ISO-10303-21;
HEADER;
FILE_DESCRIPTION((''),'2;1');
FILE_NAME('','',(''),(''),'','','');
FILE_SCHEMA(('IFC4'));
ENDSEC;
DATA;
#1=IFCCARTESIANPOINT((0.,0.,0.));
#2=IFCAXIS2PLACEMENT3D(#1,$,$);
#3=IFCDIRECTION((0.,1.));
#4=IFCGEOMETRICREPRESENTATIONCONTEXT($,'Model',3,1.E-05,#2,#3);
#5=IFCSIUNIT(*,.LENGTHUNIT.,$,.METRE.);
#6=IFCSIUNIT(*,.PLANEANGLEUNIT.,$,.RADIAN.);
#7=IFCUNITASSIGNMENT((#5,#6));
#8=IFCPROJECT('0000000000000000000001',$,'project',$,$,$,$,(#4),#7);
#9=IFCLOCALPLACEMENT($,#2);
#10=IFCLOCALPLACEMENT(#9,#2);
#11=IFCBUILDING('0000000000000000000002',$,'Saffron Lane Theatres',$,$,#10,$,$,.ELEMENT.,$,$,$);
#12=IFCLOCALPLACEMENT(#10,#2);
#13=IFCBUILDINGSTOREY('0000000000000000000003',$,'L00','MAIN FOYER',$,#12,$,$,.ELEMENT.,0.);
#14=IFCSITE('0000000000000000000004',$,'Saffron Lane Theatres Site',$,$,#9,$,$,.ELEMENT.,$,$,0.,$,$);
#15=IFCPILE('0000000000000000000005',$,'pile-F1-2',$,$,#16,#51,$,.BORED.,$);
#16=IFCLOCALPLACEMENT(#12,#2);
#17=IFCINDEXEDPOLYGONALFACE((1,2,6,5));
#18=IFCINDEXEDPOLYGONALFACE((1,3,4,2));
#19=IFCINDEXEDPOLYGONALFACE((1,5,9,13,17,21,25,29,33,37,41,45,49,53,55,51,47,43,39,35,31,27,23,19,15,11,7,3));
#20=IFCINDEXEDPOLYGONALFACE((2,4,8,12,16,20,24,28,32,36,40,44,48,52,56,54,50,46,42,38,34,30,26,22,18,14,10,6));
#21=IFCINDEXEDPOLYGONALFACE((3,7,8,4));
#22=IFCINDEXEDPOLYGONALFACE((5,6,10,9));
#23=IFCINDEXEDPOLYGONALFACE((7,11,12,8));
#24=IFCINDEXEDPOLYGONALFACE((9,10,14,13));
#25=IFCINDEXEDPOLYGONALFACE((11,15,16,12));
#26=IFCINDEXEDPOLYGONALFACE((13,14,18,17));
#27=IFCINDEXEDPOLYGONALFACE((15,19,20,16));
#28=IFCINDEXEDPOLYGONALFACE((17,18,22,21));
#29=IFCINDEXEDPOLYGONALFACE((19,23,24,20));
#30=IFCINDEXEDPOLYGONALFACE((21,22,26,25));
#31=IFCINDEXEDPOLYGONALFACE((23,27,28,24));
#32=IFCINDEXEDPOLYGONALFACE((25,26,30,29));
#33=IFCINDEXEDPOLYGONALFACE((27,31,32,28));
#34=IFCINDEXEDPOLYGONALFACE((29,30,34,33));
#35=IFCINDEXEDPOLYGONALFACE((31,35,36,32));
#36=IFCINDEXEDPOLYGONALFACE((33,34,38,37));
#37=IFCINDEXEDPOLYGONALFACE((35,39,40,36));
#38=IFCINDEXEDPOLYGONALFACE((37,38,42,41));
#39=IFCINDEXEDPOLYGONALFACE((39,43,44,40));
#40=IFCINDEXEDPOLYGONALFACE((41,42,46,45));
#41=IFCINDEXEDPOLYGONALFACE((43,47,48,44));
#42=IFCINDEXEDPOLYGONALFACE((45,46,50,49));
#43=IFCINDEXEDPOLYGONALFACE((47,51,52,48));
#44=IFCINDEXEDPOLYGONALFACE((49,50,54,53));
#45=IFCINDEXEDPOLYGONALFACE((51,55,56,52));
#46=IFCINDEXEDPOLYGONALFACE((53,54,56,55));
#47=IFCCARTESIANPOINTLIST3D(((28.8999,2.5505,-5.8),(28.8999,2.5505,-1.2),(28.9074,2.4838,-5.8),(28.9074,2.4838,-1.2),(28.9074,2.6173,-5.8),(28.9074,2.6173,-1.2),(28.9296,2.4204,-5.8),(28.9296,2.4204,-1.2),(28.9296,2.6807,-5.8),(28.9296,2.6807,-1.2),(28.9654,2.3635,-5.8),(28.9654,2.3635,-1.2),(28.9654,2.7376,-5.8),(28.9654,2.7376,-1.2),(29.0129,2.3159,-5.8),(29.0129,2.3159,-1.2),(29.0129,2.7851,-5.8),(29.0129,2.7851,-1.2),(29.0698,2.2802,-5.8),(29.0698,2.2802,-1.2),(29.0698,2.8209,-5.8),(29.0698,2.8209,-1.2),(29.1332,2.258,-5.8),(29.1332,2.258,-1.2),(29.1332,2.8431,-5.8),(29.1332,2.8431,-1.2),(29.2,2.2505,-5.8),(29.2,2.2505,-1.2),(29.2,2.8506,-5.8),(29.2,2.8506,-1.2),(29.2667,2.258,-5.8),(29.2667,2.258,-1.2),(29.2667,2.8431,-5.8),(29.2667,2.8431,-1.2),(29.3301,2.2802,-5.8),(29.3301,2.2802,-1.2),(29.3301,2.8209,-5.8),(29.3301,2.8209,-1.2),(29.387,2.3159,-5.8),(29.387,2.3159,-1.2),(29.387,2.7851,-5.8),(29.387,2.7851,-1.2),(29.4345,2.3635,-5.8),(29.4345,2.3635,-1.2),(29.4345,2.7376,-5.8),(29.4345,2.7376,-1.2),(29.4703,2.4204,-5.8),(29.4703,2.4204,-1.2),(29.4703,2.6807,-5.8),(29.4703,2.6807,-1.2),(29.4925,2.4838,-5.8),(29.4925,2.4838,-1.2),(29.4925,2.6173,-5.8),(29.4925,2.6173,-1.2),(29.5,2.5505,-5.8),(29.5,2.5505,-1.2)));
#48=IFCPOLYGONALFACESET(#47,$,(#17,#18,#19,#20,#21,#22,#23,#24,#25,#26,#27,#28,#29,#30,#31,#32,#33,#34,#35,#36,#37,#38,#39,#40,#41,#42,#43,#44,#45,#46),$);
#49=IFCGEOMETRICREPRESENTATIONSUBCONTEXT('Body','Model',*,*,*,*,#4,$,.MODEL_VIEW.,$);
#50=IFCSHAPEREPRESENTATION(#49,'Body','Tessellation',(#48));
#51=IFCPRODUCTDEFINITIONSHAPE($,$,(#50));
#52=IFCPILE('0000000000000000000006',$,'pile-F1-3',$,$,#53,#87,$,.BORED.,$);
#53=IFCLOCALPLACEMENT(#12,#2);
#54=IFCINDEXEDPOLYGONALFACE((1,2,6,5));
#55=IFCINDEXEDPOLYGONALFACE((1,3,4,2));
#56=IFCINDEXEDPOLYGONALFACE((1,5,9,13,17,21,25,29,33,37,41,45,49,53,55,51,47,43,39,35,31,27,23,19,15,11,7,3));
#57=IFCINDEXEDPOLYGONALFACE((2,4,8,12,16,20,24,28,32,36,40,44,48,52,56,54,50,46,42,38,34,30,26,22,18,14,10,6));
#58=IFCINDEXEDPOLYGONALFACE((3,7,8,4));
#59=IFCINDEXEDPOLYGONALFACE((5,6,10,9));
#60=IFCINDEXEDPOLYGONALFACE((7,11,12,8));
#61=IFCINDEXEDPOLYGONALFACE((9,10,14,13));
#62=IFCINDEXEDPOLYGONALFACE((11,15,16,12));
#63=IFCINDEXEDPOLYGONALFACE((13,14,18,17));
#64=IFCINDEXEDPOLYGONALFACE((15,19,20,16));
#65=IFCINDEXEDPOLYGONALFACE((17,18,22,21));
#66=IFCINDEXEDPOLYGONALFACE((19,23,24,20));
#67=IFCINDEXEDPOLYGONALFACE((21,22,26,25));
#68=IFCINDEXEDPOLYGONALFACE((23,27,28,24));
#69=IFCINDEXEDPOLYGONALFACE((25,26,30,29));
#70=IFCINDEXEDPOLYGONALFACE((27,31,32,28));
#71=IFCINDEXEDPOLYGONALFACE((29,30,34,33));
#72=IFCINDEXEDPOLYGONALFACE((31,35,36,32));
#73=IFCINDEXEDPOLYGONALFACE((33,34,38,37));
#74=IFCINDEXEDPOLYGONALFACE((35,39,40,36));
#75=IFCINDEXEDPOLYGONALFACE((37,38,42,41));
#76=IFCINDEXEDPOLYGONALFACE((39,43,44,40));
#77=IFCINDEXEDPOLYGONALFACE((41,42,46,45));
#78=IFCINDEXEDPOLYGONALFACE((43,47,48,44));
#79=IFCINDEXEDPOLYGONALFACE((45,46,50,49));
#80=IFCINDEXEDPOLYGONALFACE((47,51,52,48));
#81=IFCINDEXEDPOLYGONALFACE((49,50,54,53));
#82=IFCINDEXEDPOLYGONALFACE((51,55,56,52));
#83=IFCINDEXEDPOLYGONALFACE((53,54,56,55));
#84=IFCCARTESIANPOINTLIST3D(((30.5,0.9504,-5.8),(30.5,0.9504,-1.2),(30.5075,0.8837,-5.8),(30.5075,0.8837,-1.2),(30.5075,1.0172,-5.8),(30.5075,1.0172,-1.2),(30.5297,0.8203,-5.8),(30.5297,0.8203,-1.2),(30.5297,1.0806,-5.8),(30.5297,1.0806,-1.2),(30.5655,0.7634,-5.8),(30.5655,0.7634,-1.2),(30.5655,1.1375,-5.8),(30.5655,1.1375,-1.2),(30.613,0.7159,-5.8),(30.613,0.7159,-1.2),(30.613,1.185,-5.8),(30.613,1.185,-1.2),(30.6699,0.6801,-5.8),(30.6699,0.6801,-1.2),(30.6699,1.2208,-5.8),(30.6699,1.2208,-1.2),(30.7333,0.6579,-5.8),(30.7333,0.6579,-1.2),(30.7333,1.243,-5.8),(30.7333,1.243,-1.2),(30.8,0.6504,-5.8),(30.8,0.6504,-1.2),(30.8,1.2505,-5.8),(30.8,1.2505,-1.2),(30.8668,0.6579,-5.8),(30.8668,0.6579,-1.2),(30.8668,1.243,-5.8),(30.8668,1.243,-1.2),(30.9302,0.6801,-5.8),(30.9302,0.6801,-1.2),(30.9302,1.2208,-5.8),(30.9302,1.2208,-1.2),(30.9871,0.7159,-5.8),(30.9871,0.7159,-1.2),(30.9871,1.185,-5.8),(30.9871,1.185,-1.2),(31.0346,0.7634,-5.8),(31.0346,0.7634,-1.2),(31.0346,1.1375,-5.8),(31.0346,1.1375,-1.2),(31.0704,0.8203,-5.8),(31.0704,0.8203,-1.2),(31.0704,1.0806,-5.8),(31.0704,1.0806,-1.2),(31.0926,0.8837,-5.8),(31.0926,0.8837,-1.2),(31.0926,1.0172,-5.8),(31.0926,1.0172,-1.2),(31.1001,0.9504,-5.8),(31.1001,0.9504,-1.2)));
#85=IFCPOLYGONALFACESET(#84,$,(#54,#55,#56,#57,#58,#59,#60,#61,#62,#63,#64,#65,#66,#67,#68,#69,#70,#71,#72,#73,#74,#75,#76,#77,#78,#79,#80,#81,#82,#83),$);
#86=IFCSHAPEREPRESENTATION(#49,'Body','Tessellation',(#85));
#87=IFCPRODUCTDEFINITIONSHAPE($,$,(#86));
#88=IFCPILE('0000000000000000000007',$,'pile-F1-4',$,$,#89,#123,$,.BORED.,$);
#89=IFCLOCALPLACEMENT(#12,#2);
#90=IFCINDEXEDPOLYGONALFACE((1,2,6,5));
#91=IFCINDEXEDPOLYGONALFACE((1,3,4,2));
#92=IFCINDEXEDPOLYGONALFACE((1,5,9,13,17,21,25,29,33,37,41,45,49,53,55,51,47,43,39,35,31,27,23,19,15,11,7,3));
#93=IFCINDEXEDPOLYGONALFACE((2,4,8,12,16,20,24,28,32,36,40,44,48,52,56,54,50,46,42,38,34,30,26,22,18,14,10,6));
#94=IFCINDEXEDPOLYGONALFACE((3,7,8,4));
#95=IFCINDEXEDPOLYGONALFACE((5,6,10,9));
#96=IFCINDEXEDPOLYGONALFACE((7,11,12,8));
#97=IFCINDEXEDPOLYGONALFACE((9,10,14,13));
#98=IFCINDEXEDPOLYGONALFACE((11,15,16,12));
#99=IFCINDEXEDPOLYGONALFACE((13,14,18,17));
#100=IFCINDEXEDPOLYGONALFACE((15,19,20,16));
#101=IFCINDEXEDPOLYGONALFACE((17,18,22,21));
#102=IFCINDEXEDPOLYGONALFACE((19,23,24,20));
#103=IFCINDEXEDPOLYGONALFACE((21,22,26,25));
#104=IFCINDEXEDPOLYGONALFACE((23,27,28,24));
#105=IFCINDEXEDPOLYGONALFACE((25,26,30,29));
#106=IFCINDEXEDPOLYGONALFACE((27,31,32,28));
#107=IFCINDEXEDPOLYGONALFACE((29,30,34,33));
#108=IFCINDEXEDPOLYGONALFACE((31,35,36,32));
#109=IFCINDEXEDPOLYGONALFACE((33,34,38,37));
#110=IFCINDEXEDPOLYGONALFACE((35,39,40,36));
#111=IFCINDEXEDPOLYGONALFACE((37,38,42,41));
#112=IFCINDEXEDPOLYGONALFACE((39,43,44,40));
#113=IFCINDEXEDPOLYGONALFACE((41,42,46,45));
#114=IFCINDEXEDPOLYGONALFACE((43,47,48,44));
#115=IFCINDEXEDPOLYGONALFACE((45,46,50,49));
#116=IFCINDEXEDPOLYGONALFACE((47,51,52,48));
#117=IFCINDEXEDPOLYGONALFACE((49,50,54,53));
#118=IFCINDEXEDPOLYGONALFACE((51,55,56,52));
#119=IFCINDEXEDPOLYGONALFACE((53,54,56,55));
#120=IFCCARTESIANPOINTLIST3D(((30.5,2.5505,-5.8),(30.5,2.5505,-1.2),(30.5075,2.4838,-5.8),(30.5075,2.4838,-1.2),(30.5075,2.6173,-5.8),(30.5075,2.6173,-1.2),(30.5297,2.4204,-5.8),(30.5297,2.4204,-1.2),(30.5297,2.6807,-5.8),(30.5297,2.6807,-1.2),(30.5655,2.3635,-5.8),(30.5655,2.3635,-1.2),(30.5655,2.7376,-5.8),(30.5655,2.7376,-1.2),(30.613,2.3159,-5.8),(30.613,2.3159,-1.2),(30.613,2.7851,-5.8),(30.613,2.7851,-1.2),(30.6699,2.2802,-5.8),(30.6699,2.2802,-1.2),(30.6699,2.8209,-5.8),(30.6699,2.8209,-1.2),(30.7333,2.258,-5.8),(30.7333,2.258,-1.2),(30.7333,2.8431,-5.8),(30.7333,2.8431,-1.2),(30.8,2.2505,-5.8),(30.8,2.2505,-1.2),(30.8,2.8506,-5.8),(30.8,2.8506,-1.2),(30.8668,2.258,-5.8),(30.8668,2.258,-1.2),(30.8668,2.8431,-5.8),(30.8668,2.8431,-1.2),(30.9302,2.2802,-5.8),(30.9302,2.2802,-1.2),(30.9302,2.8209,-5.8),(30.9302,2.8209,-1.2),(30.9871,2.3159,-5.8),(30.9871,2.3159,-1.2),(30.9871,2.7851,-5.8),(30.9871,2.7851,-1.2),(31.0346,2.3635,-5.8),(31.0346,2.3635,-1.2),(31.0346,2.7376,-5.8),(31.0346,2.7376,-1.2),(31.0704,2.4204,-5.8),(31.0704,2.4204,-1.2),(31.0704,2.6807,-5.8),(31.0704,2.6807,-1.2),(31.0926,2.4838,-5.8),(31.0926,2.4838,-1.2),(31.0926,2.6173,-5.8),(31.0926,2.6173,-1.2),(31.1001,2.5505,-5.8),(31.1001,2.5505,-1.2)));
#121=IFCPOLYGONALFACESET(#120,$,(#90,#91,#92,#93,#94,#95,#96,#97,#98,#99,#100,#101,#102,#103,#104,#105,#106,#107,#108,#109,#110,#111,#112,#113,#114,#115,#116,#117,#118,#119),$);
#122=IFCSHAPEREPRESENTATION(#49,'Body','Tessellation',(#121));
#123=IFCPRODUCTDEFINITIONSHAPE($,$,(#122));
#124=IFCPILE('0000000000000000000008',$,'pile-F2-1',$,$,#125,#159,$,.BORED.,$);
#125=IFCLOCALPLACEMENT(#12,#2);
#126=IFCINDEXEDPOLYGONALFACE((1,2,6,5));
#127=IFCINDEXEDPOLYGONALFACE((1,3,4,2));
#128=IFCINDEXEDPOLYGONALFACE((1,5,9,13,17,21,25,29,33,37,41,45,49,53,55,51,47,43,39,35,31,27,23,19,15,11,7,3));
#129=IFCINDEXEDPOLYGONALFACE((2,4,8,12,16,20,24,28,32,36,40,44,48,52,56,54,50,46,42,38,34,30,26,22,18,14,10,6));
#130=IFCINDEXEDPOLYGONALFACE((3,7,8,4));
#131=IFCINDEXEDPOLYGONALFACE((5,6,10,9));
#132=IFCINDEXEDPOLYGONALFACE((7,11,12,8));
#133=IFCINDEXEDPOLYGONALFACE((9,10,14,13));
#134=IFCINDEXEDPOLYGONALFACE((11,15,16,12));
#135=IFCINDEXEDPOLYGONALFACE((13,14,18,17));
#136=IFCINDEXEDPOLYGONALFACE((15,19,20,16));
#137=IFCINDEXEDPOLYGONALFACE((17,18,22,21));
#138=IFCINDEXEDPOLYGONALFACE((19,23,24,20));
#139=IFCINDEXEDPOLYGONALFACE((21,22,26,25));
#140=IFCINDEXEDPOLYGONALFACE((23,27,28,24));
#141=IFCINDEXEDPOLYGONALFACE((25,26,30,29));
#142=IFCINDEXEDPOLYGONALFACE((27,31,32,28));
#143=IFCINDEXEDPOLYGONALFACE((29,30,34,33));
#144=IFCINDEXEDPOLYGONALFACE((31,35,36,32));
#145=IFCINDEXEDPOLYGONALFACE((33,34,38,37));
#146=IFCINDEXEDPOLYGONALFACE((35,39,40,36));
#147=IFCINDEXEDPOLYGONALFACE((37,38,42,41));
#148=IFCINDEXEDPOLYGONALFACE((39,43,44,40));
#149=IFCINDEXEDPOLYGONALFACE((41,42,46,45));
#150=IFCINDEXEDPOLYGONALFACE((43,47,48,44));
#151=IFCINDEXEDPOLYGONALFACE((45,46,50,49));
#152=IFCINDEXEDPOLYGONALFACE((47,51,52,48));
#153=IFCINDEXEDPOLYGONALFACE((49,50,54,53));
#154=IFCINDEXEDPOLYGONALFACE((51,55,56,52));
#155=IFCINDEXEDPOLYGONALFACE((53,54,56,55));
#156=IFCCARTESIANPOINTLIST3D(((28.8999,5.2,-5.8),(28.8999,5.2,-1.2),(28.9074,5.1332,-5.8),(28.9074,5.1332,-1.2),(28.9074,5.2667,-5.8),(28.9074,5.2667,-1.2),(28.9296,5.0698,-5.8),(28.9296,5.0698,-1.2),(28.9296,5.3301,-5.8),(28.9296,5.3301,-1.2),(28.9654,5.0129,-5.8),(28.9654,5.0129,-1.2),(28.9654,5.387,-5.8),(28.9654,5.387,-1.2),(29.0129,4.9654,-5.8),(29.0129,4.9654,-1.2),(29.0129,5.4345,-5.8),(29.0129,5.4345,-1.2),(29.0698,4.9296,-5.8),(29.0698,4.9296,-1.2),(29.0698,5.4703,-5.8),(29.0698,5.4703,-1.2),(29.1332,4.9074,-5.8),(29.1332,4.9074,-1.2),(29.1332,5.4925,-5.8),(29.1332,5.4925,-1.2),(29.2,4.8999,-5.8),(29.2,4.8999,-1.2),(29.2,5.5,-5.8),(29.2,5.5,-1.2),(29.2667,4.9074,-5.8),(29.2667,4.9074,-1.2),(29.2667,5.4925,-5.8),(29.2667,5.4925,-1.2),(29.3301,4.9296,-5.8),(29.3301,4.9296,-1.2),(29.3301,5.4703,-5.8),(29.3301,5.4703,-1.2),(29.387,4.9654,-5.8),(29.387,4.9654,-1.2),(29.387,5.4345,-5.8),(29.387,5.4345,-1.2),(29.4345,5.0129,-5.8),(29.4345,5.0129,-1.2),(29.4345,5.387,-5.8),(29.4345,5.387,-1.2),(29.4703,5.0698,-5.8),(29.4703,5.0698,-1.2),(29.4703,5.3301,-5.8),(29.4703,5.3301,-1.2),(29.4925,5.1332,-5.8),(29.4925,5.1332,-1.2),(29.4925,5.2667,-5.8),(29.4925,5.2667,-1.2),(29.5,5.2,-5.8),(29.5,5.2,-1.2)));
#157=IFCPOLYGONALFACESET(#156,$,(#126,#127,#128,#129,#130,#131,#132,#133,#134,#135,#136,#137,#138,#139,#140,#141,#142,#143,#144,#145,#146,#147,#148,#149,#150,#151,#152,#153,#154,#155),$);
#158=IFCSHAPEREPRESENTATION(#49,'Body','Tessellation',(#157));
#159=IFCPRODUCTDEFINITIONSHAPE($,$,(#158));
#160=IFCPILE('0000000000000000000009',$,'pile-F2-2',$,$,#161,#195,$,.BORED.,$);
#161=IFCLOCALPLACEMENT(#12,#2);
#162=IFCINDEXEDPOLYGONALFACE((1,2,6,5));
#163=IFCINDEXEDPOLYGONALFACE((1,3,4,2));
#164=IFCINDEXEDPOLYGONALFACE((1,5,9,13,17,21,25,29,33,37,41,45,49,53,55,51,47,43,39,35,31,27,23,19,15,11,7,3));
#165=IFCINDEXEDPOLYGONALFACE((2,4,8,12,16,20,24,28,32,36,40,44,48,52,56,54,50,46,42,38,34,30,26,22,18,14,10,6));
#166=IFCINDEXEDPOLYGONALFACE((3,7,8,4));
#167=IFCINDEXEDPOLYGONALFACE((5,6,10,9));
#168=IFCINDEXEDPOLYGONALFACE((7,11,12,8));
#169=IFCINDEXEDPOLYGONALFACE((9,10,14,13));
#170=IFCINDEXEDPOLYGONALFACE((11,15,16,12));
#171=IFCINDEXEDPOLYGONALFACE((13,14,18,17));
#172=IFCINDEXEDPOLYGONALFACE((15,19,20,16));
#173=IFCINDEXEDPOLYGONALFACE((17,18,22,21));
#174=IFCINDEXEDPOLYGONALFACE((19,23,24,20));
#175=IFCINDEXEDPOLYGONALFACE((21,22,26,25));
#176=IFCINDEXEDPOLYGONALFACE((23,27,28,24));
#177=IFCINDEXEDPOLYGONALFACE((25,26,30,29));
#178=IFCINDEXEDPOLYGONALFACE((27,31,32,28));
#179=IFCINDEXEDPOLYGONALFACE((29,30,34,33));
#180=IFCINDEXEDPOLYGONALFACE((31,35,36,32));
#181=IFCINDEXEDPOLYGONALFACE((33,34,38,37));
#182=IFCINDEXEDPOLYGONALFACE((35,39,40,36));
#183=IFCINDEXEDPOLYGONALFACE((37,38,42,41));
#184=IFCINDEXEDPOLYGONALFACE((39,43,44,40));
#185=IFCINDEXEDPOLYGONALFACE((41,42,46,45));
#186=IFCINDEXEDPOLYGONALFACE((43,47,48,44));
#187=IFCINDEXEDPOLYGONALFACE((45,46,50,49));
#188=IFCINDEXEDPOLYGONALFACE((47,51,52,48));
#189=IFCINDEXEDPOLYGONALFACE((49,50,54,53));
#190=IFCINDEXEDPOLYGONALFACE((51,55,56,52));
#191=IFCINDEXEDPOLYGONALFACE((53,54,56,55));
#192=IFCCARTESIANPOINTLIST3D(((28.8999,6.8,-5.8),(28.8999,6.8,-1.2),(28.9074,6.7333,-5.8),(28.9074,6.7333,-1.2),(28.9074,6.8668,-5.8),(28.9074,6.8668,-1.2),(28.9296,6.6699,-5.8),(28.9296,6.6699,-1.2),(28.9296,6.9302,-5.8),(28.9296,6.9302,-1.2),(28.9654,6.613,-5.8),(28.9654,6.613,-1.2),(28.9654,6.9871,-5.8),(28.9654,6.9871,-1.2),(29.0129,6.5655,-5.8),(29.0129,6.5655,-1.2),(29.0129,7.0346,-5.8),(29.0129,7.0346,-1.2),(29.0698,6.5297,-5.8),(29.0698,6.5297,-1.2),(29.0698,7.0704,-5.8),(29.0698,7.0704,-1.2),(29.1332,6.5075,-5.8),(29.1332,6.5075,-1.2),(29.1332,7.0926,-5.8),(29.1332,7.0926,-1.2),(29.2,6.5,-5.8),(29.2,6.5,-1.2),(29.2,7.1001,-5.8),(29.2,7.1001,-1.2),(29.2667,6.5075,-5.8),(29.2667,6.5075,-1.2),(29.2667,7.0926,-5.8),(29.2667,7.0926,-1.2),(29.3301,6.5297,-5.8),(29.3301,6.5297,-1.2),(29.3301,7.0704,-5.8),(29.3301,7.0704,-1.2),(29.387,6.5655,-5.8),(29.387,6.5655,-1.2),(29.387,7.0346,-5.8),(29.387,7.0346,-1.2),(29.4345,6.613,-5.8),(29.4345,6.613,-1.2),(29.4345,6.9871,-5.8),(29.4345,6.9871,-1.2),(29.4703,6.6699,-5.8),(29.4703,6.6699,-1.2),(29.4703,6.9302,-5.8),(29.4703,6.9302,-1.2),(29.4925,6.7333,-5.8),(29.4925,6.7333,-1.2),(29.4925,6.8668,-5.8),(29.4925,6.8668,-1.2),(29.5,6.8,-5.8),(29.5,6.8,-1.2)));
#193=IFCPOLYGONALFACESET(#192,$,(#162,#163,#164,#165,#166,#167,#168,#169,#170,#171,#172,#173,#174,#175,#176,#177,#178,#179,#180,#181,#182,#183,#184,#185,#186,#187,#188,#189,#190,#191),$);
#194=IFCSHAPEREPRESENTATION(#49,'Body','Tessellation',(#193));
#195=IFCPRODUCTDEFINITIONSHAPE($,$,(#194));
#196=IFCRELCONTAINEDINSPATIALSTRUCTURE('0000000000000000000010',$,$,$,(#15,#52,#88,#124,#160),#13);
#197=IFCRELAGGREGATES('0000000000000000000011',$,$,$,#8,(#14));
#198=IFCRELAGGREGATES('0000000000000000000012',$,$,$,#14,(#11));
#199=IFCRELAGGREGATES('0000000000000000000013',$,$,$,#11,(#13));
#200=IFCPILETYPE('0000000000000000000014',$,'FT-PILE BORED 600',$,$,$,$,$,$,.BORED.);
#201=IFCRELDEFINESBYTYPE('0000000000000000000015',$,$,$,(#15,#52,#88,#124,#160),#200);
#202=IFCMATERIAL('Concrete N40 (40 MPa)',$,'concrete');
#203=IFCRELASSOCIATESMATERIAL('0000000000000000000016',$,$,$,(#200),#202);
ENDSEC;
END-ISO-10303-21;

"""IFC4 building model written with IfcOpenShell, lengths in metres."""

from ifc_helpers import new_model, si_unit, direction, frame, origin, origin_2d, place, context, subcontext, project, spatial, circle, extrude, material, material_profile, profile_set, type_object, element, save


model = new_model("IFC4")

# Units and contexts
model_context = context("Model", 3, precision=1e-05, world=origin(), true_north=direction((0.0, 1.0)))
body_context = subcontext(model_context, "Body", "Model", "MODEL_VIEW")
ifc_project = project(units=[si_unit("LENGTHUNIT", "METRE"), si_unit("PLANEANGLEUNIT", "RADIAN")], contexts=[model_context])

# Site, building, storey
site_placement = place(None, origin())
site = spatial("IfcSite", under=ifc_project, at=site_placement, Name="Saffron Lane Theatres Site", CompositionType="ELEMENT", RefElevation=0.0)
building_placement = place(site_placement, origin())
building = spatial("IfcBuilding", under=site, at=building_placement, Name="Saffron Lane Theatres", CompositionType="ELEMENT")
storey_placement = place(building_placement, origin())
storey = spatial("IfcBuildingStorey", under=building, at=storey_placement, Name="L00", Description="MAIN FOYER", CompositionType="ELEMENT", Elevation=0.0)

# Piles
ifc_material_1 = material(Name="Concrete N40 (40 MPa)", Category="concrete")
ifc_material_profile_1 = material_profile(ifc_material_1, circle(Radius=0.3, at=origin_2d()))
ifc_profile_set_1 = profile_set([ifc_material_profile_1], Name="Concrete N40 (40 MPa)")
pile_type = type_object("IfcPileType", Name="FT-PILE BORED 600", PredefinedType="BORED", material=ifc_profile_set_1)
for number, where, z_axis, x_axis, name in (
    (1, (29.2, 2.5505, -1.2), (0.0, 0.0, -1.0), (1.0, 0.0, 0.0), "pile-F1-2"),
    (2, (30.8, 0.9504, -1.2), (0.0, 0.0, -1.0), (1.0, 0.0, 0.0), "pile-F1-3"),
    (3, (30.8, 2.5505, -1.2), (0.0, 0.0, -1.0), (1.0, 0.0, 0.0), "pile-F1-4"),
    (4, (29.2, 5.2, -1.2), (0.0, 0.0, -1.0), (1.0, 0.0, 0.0), "pile-F2-1"),
    (5, (29.2, 6.8, -1.2), (0.0, 0.0, -1.0), (1.0, 0.0, 0.0), "pile-F2-2"),
):
    element("IfcPile", number, at=place(storey_placement, frame(where, z_axis=z_axis, x_axis=x_axis)), inside=storey, type_object=pile_type, Name=name, PredefinedType="BORED", context=body_context, shape_type="SweptSolid", body=[
        extrude(circle(Radius=0.3, at=origin_2d()), origin(), (0.0, 0.0, 1.0), 4.6001),
    ])

save(model, "model.ifc")
